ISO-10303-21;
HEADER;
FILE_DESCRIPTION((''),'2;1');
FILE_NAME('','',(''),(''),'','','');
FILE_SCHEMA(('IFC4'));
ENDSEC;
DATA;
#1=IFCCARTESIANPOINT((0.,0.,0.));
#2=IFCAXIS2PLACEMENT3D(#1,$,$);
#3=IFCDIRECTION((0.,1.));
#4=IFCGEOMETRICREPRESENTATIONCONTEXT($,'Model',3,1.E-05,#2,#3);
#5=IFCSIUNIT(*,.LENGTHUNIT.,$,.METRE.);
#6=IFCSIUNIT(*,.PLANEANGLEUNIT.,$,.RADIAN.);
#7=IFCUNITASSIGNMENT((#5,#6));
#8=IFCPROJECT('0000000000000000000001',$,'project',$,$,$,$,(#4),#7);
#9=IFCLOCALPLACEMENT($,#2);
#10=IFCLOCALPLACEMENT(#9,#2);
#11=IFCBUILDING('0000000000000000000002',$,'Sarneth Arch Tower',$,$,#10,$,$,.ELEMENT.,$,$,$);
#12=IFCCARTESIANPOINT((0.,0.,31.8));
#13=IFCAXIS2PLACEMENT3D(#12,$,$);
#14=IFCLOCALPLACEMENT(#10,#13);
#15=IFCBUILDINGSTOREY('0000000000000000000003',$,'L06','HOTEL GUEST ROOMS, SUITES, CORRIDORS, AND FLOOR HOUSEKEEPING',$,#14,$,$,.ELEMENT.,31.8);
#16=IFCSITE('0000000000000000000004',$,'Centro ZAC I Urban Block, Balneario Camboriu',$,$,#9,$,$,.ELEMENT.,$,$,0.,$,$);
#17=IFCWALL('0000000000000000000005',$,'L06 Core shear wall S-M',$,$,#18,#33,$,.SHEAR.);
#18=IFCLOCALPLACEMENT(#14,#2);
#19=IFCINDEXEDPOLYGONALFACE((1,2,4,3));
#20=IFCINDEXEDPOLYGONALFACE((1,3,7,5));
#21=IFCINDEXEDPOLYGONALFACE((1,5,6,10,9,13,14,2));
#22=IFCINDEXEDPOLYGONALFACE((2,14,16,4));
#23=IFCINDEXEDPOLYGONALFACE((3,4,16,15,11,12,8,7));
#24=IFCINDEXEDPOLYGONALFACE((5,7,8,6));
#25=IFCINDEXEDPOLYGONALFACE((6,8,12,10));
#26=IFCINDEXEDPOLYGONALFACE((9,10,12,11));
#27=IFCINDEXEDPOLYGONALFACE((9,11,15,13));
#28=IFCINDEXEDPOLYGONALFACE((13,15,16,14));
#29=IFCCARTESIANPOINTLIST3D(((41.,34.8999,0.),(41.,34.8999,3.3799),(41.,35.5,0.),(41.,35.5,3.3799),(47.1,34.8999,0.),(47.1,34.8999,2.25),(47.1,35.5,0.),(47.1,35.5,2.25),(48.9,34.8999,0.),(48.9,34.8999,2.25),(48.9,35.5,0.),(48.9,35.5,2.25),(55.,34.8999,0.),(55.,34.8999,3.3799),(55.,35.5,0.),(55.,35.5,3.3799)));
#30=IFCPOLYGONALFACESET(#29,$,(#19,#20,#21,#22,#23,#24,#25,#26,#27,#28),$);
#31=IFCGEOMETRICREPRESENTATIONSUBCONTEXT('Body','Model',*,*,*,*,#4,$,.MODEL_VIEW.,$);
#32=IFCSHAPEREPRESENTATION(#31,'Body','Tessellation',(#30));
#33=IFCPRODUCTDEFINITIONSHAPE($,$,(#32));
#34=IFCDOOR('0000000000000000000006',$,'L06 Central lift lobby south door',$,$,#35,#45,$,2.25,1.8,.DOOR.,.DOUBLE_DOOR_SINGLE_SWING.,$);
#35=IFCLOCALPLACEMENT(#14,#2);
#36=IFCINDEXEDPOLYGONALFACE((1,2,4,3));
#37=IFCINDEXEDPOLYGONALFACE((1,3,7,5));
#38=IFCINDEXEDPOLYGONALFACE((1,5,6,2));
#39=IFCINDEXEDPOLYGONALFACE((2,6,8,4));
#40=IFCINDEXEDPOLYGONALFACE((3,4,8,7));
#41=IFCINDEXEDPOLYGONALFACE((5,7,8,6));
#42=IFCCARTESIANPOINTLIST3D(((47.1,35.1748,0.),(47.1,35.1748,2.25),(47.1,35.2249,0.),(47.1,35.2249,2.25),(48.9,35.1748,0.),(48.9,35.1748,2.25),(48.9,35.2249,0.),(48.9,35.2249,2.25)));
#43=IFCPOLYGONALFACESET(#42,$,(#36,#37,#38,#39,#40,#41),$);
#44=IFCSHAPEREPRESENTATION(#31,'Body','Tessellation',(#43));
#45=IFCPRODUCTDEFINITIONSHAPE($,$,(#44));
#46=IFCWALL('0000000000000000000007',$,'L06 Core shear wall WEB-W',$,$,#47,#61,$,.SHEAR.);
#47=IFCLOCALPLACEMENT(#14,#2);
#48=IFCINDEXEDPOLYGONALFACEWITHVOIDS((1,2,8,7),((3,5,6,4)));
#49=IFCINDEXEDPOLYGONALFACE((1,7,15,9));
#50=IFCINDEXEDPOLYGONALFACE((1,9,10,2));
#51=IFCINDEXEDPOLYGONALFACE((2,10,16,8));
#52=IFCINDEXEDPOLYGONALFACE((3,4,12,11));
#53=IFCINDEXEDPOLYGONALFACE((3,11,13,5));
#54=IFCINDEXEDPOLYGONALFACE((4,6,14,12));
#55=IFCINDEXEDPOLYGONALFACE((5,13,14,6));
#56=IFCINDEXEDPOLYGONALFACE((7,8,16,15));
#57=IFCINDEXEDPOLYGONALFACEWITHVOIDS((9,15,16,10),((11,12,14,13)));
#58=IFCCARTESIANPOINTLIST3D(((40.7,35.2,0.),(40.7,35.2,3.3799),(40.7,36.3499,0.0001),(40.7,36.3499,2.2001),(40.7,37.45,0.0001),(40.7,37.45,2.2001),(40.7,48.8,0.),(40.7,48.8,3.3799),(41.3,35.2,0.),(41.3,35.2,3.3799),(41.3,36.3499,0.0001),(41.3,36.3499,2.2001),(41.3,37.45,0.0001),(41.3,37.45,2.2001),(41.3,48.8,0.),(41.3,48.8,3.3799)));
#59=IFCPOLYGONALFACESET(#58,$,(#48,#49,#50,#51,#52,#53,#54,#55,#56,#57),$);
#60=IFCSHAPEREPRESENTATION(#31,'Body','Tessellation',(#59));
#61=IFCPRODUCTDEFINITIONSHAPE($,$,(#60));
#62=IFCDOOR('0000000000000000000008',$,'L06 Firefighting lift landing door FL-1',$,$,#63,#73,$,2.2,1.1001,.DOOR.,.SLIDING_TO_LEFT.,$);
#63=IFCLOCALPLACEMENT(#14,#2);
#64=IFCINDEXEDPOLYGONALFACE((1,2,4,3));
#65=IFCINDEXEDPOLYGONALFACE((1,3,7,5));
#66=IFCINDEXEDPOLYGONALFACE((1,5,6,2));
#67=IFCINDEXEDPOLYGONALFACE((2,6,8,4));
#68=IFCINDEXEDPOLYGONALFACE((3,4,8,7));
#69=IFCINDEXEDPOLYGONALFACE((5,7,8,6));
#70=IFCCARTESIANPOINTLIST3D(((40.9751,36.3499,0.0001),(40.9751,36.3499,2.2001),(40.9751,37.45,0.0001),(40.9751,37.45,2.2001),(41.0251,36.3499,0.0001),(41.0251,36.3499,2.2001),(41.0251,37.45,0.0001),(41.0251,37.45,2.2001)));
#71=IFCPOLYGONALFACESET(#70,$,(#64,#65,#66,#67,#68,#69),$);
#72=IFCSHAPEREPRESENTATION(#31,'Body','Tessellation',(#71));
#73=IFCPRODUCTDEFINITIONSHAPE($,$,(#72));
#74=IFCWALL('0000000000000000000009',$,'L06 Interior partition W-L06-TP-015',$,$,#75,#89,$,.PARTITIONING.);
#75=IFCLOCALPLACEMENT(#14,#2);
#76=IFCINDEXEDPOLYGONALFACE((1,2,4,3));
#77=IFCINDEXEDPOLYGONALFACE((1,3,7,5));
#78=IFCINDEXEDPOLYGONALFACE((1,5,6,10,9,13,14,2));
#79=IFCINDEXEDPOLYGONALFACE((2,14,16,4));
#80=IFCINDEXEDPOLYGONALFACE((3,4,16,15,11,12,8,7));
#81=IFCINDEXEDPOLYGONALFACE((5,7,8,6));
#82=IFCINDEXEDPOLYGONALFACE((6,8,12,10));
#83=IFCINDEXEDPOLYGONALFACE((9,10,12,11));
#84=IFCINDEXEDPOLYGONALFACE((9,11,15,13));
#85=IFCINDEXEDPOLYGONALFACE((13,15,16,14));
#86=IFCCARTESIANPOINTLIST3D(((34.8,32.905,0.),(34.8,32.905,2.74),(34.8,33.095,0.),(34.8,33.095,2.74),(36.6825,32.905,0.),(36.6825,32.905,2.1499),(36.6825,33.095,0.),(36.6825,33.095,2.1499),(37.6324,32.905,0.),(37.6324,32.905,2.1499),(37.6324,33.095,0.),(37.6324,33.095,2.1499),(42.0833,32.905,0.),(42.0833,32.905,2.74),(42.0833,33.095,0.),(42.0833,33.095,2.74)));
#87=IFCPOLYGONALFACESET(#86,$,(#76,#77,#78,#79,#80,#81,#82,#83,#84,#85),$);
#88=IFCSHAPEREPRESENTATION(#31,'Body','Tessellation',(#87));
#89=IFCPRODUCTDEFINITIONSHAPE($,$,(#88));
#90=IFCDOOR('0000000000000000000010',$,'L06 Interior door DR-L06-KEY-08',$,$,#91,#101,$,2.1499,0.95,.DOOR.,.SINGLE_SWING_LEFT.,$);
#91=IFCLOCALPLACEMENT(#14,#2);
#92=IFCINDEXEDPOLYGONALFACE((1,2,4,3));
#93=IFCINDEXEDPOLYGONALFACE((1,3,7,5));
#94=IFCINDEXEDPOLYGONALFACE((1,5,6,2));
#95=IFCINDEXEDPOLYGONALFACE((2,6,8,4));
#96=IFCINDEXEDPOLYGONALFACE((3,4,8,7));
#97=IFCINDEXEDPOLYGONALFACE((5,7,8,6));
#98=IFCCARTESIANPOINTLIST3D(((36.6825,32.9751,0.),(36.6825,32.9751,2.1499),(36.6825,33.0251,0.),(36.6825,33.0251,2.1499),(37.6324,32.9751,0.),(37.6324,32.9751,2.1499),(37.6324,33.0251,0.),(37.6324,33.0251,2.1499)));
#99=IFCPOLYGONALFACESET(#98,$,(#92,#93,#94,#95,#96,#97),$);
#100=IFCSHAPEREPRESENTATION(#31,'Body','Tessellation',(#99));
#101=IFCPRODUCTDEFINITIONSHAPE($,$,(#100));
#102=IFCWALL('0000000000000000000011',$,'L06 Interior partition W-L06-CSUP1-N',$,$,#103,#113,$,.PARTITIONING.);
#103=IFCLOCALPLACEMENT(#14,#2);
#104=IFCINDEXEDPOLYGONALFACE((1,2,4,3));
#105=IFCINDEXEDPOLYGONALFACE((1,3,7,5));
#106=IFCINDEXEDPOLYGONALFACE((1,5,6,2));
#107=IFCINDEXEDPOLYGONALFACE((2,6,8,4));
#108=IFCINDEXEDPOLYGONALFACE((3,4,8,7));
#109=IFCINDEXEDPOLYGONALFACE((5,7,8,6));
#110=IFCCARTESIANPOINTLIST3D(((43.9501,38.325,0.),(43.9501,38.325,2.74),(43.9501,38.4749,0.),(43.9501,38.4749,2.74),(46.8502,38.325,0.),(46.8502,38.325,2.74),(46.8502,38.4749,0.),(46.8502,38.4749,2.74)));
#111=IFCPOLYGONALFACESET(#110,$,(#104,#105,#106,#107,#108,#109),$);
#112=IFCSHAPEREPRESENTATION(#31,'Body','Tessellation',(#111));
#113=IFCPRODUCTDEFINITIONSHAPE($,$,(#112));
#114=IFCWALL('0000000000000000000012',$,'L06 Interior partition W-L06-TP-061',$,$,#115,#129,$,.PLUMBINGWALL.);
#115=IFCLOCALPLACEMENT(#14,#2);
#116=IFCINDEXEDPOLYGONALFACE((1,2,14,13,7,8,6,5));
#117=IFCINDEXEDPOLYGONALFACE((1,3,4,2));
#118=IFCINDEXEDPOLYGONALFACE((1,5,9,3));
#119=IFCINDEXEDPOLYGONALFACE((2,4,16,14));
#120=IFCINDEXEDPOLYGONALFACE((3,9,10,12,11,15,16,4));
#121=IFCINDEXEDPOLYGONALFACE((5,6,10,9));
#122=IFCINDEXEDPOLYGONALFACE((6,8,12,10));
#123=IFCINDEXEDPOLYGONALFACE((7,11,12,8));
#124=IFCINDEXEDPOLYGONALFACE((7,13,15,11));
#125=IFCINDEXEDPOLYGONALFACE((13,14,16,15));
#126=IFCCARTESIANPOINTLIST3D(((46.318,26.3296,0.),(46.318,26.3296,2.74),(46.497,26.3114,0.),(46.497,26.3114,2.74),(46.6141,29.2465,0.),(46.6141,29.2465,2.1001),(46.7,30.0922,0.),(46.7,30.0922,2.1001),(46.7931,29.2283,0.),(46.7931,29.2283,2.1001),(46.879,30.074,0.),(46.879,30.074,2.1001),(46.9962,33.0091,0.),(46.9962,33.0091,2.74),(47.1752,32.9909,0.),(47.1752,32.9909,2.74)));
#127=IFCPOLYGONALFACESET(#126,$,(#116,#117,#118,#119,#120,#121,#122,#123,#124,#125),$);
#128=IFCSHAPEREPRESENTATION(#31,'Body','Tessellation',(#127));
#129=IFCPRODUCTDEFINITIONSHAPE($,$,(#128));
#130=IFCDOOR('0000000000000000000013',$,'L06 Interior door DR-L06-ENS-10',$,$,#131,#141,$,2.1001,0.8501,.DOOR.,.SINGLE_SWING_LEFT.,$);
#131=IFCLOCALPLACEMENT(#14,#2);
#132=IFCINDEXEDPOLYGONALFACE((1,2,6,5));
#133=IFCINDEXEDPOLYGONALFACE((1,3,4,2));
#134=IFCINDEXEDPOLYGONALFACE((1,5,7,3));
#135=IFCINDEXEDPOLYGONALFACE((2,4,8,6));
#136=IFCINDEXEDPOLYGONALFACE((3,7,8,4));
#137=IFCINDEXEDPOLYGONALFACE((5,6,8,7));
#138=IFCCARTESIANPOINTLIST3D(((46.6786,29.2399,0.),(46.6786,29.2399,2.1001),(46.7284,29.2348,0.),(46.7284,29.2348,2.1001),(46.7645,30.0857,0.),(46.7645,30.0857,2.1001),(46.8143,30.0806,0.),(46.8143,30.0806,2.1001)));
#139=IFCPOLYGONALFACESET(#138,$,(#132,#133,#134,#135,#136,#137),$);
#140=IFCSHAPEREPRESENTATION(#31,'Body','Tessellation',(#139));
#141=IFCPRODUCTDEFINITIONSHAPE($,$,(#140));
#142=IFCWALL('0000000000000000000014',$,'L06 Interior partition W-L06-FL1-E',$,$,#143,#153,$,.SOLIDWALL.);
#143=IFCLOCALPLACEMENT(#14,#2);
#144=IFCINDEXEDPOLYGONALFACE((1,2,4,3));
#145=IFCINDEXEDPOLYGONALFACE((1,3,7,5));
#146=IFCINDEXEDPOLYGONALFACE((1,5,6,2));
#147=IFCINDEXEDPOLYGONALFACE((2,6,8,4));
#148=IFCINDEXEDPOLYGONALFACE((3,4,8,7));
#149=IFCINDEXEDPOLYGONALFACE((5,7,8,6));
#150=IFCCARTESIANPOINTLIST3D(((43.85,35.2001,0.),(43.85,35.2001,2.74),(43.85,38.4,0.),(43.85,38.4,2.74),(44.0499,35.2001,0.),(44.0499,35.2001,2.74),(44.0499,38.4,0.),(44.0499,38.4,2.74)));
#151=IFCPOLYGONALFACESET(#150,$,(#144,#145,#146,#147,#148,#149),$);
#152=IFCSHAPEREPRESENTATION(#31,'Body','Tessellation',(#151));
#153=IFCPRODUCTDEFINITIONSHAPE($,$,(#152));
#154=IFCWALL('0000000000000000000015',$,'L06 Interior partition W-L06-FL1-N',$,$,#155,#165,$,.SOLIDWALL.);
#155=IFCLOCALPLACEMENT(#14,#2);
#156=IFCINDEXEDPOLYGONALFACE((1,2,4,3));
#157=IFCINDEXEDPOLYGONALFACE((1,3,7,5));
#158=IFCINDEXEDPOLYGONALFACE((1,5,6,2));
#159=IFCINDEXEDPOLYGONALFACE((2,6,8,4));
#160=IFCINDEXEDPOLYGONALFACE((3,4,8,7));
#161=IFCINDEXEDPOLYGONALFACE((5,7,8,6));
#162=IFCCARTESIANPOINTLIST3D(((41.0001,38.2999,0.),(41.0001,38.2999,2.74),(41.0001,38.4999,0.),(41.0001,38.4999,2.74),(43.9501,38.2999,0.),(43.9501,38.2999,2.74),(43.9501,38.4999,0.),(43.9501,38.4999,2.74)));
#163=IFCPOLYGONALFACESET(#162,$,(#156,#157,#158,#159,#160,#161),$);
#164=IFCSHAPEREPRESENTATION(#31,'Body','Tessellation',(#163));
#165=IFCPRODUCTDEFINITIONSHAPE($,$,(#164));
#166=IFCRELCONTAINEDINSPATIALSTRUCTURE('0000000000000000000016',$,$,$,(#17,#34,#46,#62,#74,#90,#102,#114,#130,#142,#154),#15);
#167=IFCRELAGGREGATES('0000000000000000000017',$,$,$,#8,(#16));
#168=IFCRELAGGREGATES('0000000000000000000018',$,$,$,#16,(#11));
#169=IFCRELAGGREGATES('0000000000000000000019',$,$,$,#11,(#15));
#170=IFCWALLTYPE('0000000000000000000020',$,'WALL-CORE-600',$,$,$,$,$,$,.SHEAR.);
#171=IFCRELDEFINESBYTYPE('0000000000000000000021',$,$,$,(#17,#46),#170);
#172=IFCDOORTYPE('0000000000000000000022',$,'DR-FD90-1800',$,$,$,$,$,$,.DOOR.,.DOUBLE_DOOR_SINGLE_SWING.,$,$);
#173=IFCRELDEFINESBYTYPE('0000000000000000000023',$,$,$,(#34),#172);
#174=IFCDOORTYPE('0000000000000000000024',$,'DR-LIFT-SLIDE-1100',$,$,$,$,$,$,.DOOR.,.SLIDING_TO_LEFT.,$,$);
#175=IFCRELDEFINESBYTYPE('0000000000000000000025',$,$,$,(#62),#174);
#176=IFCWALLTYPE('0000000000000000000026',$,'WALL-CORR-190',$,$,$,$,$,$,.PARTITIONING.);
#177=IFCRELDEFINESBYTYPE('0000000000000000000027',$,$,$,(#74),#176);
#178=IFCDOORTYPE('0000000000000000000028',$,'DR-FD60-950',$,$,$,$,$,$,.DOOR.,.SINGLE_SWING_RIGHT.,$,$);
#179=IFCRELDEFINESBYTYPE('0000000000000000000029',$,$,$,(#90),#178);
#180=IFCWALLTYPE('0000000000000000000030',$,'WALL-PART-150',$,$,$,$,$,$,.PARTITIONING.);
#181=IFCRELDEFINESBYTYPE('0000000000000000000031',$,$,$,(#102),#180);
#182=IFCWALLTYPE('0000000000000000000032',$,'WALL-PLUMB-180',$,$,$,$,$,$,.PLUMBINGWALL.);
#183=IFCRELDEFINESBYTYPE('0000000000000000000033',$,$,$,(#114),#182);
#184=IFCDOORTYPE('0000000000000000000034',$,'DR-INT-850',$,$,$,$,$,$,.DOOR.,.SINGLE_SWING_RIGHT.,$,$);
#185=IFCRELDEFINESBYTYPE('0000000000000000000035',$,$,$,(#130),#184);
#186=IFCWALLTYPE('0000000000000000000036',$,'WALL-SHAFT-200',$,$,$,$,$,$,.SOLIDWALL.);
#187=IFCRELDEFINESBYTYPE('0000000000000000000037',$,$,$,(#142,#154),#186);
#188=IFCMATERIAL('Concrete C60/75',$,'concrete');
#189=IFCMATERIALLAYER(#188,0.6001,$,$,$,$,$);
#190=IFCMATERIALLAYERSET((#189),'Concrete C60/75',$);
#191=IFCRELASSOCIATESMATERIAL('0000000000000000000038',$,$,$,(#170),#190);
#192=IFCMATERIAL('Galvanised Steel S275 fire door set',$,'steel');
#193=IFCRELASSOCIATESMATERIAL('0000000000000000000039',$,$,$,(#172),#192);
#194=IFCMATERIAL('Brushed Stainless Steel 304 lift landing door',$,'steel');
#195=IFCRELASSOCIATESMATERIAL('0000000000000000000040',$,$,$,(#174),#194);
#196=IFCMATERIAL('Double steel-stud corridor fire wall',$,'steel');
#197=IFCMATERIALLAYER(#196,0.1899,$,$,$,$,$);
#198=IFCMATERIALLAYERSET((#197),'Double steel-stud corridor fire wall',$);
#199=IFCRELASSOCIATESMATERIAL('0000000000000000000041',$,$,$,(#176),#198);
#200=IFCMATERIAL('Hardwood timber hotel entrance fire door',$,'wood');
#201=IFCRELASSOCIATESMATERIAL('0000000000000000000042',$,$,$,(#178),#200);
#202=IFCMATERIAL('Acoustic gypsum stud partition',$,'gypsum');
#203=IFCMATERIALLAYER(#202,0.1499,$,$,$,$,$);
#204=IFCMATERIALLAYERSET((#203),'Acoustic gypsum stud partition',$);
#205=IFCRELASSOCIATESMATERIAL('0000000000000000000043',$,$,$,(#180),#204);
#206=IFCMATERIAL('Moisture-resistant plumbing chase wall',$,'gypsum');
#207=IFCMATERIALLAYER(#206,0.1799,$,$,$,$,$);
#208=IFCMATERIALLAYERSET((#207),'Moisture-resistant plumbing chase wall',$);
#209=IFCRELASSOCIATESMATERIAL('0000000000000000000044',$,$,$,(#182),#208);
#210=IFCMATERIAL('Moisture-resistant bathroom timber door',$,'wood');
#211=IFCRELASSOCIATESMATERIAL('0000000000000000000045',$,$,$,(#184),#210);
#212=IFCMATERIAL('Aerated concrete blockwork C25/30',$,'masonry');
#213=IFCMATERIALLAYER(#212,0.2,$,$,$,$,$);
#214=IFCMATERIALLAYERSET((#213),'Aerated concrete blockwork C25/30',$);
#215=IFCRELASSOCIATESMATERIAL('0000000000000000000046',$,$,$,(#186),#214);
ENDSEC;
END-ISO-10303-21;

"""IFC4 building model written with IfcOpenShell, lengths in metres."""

from ifc_helpers import new_model, si_unit, direction, frame, frame_2d, origin, place, context, subcontext, project, spatial, rectangle, extrude, material, layer, layer_set, type_object, element, fill, save


model = new_model("IFC4")

# Units and contexts
model_context = context("Model", 3, precision=1e-05, world=origin(), true_north=direction((0.0, 1.0)))
body_context = subcontext(model_context, "Body", "Model", "MODEL_VIEW")
ifc_project = project(units=[si_unit("LENGTHUNIT", "METRE"), si_unit("PLANEANGLEUNIT", "RADIAN")], contexts=[model_context])

# Site, building, storey
site_placement = place(None, origin())
site = spatial("IfcSite", under=ifc_project, at=site_placement, Name="Centro ZAC I Urban Block, Balneario Camboriu", CompositionType="ELEMENT", RefElevation=0.0)
building_placement = place(site_placement, origin())
building = spatial("IfcBuilding", under=site, at=building_placement, Name="Sarneth Arch Tower", CompositionType="ELEMENT")
storey_placement = place(building_placement, frame((0.0, 0.0, 31.8)))
storey = spatial("IfcBuildingStorey", under=building, at=storey_placement, Name="L06", Description="HOTEL GUEST ROOMS, SUITES, CORRIDORS, AND FLOOR HOUSEKEEPING", CompositionType="ELEMENT", Elevation=31.8)

# Shared definitions
ifc_material_1 = material(Name="Concrete C60/75", Category="concrete")
ifc_layer_1 = layer(ifc_material_1, 0.6001)
ifc_layer_set_1 = layer_set([ifc_layer_1], Name="Concrete C60/75")
wall_type_1 = type_object("IfcWallType", Name="WALL-CORE-600", PredefinedType="SHEAR", material=ifc_layer_set_1)

# Walls, openings, doors
wall_1_placement = place(storey_placement, frame((41.0, 35.2, 0.0), z_axis=(0.0, 0.0, 1.0), x_axis=(1.0, 0.0, 0.0)))
wall_1 = element("IfcWall", 1, at=wall_1_placement, inside=storey, type_object=wall_type_1, Name="L06 Core shear wall S-M", PredefinedType="SHEAR", context=body_context, shape_type="SweptSolid", body=[
    extrude(rectangle(XDim=14.0, YDim=0.6001, at=frame_2d((7.0, 0.0))), origin(), (0.0, 0.0, 1.0), 3.3799),
])
opening_1_placement = place(wall_1_placement, frame((6.1001, 0.0, 0.0)))
opening_1 = element("IfcOpeningElement", 2, at=opening_1_placement, cuts=wall_1, PredefinedType="OPENING", context=body_context, shape_type="SweptSolid", body=[
    extrude(rectangle(XDim=1.8, YDim=2.25, at=frame_2d((0.8999, 1.125))), frame((0.0, 0.3101, 0.0), z_axis=(0.0, -1.0, 0.0), x_axis=(1.0, 0.0, 0.0)), (0.0, 0.0, 1.0), 0.6201),
])
ifc_material_2 = material(Name="Galvanised Steel S275 fire door set", Category="steel")
door_type_1 = type_object("IfcDoorType", Name="DR-FD90-1800", OperationType="DOUBLE_DOOR_SINGLE_SWING", PredefinedType="DOOR", material=ifc_material_2)
door_1_placement = place(opening_1_placement, origin())
door_1 = element("IfcDoor", 3, at=door_1_placement, inside=storey, type_object=door_type_1, Name="L06 Central lift lobby south door", OperationType="DOUBLE_DOOR_SINGLE_SWING", OverallHeight=2.25, OverallWidth=1.8, PredefinedType="DOOR", context=body_context, shape_type="SweptSolid", body=[
    extrude(rectangle(XDim=1.8, YDim=2.25, at=frame_2d((0.8999, 1.125))), frame((0.0, 0.0249, 0.0), z_axis=(0.0, -1.0, 0.0), x_axis=(1.0, 0.0, 0.0)), (0.0, 0.0, 1.0), 0.05),
])
fill(opening_1, door_1)
wall_2_placement = place(storey_placement, frame((41.0, 35.2, 0.0), z_axis=(0.0, 0.0, 1.0), x_axis=(0.0, 1.0, 0.0)))
wall_2 = element("IfcWall", 4, at=wall_2_placement, inside=storey, type_object=wall_type_1, Name="L06 Core shear wall WEB-W", PredefinedType="SHEAR", context=body_context, shape_type="SweptSolid", body=[
    extrude(rectangle(XDim=13.6001, YDim=0.6001, at=frame_2d((6.8, 0.0))), origin(), (0.0, 0.0, 1.0), 3.3799),
])
opening_2_placement = place(wall_2_placement, frame((1.1499, 0.0, 0.0)))
opening_2 = element("IfcOpeningElement", 5, at=opening_2_placement, cuts=wall_2, PredefinedType="OPENING", context=body_context, shape_type="SweptSolid", body=[
    extrude(rectangle(XDim=1.1001, YDim=2.2, at=frame_2d((0.55, 1.1001))), frame((0.0, 0.3101, 0.0), z_axis=(0.0, -1.0, 0.0), x_axis=(1.0, 0.0, 0.0)), (0.0, 0.0, 1.0), 0.6201),
])
ifc_material_3 = material(Name="Brushed Stainless Steel 304 lift landing door", Category="steel")
door_type_2 = type_object("IfcDoorType", Name="DR-LIFT-SLIDE-1100", OperationType="SLIDING_TO_LEFT", PredefinedType="DOOR", material=ifc_material_3)
door_2_placement = place(opening_2_placement, origin())
door_2 = element("IfcDoor", 6, at=door_2_placement, inside=storey, type_object=door_type_2, Name="L06 Firefighting lift landing door FL-1", OperationType="SLIDING_TO_LEFT", OverallHeight=2.2, OverallWidth=1.1001, PredefinedType="DOOR", context=body_context, shape_type="SweptSolid", body=[
    extrude(rectangle(XDim=1.1001, YDim=2.2, at=frame_2d((0.55, 1.1001))), frame((0.0, 0.0249, 0.0), z_axis=(0.0, -1.0, 0.0), x_axis=(1.0, 0.0, 0.0)), (0.0, 0.0, 1.0), 0.05),
])
fill(opening_2, door_2)
ifc_material_4 = material(Name="Double steel-stud corridor fire wall", Category="steel")
ifc_layer_2 = layer(ifc_material_4, 0.1899)
ifc_layer_set_2 = layer_set([ifc_layer_2], Name="Double steel-stud corridor fire wall")
wall_type_2 = type_object("IfcWallType", Name="WALL-CORR-190", PredefinedType="PARTITIONING", material=ifc_layer_set_2)
wall_3_placement = place(storey_placement, frame((42.0833, 33.0, 0.0), z_axis=(0.0, 0.0, 1.0), x_axis=(-1.0, 0.0, 0.0)))
wall_3 = element("IfcWall", 7, at=wall_3_placement, inside=storey, type_object=wall_type_2, Name="L06 Interior partition W-L06-TP-015", PredefinedType="PARTITIONING", context=body_context, shape_type="SweptSolid", body=[
    extrude(rectangle(XDim=7.2832, YDim=0.1899, at=frame_2d((3.6416, 0.0))), origin(), (0.0, 0.0, 1.0), 2.74),
])
opening_3_placement = place(wall_3_placement, frame((4.4507, 0.0, 0.0)))
opening_3 = element("IfcOpeningElement", 8, at=opening_3_placement, cuts=wall_3, PredefinedType="OPENING", context=body_context, shape_type="SweptSolid", body=[
    extrude(rectangle(XDim=0.95, YDim=2.1499, at=frame_2d((0.4751, 1.075))), frame((0.0, 0.105, 0.0), z_axis=(0.0, -1.0, 0.0), x_axis=(1.0, 0.0, 0.0)), (0.0, 0.0, 1.0), 0.21),
])
ifc_material_5 = material(Name="Hardwood timber hotel entrance fire door", Category="wood")
door_type_3 = type_object("IfcDoorType", Name="DR-FD60-950", OperationType="SINGLE_SWING_RIGHT", PredefinedType="DOOR", material=ifc_material_5)
door_3_placement = place(opening_3_placement, origin())
door_3 = element("IfcDoor", 9, at=door_3_placement, inside=storey, type_object=door_type_3, Name="L06 Interior door DR-L06-KEY-08", OperationType="SINGLE_SWING_LEFT", OverallHeight=2.1499, OverallWidth=0.95, PredefinedType="DOOR", context=body_context, shape_type="SweptSolid", body=[
    extrude(rectangle(XDim=0.95, YDim=2.1499, at=frame_2d((0.4751, 1.075))), frame((0.0, 0.0249, 0.0), z_axis=(0.0, -1.0, 0.0), x_axis=(1.0, 0.0, 0.0)), (0.0, 0.0, 1.0), 0.05),
])
fill(opening_3, door_3)

# Wall
ifc_material_6 = material(Name="Acoustic gypsum stud partition", Category="gypsum")
ifc_layer_3 = layer(ifc_material_6, 0.1499)
ifc_layer_set_3 = layer_set([ifc_layer_3], Name="Acoustic gypsum stud partition")
wall_type_3 = type_object("IfcWallType", Name="WALL-PART-150", PredefinedType="PARTITIONING", material=ifc_layer_set_3)
wall_4_placement = place(storey_placement, frame((43.95, 38.3999, 0.0), z_axis=(0.0, 0.0, 1.0), x_axis=(1.0, 0.0, 0.0)))
element("IfcWall", 10, at=wall_4_placement, inside=storey, type_object=wall_type_3, Name="L06 Interior partition W-L06-CSUP1-N", PredefinedType="PARTITIONING", context=body_context, shape_type="SweptSolid", body=[
    extrude(rectangle(XDim=2.9001, YDim=0.1499, at=frame_2d((1.4502, 0.0))), origin(), (0.0, 0.0, 1.0), 2.74),
])

# Wall, opening, door
ifc_material_7 = material(Name="Moisture-resistant plumbing chase wall", Category="gypsum")
ifc_layer_4 = layer(ifc_material_7, 0.1799)
ifc_layer_set_4 = layer_set([ifc_layer_4], Name="Moisture-resistant plumbing chase wall")
wall_type_4 = type_object("IfcWallType", Name="WALL-PLUMB-180", PredefinedType="PLUMBINGWALL", material=ifc_layer_set_4)
wall_5_placement = place(storey_placement, frame((47.0857, 33.0, 0.0), z_axis=(0.0, 0.0, 1.0), x_axis=(-0.101019, -0.994884, 0.0)))
wall_5 = element("IfcWall", 11, at=wall_5_placement, inside=storey, type_object=wall_type_4, Name="L06 Interior partition W-L06-TP-061", PredefinedType="PLUMBINGWALL", context=body_context, shape_type="SweptSolid", body=[
    extrude(rectangle(XDim=6.7139, YDim=0.1799, at=frame_2d((3.3569, 0.0))), origin(), (0.0, 0.0, 1.0), 2.74),
])
opening_4_placement = place(wall_5_placement, frame((2.9319, 0.0, 0.0)))
opening_4 = element("IfcOpeningElement", 12, at=opening_4_placement, cuts=wall_5, PredefinedType="OPENING", context=body_context, shape_type="SweptSolid", body=[
    extrude(rectangle(XDim=0.8501, YDim=2.1001, at=frame_2d((0.425, 1.05))), frame((0.0, 0.0999, 0.0), z_axis=(0.0, -1.0, 0.0), x_axis=(1.0, 0.0, 0.0)), (0.0, 0.0, 1.0), 0.2),
])
ifc_material_8 = material(Name="Moisture-resistant bathroom timber door", Category="wood")
door_type_4 = type_object("IfcDoorType", Name="DR-INT-850", OperationType="SINGLE_SWING_RIGHT", PredefinedType="DOOR", material=ifc_material_8)
door_4_placement = place(opening_4_placement, origin())
door_4 = element("IfcDoor", 13, at=door_4_placement, inside=storey, type_object=door_type_4, Name="L06 Interior door DR-L06-ENS-10", OperationType="SINGLE_SWING_LEFT", OverallHeight=2.1001, OverallWidth=0.8501, PredefinedType="DOOR", context=body_context, shape_type="SweptSolid", body=[
    extrude(rectangle(XDim=0.8501, YDim=2.1001, at=frame_2d((0.425, 1.05))), frame((0.0, 0.0249, 0.0), z_axis=(0.0, -1.0, 0.0), x_axis=(1.0, 0.0, 0.0)), (0.0, 0.0, 1.0), 0.05),
])
fill(opening_4, door_4)
ifc_material_9 = material(Name="Aerated concrete blockwork C25/30", Category="masonry")
ifc_layer_5 = layer(ifc_material_9, 0.2)
ifc_layer_set_5 = layer_set([ifc_layer_5], Name="Aerated concrete blockwork C25/30")
wall_type_5 = type_object("IfcWallType", Name="WALL-SHAFT-200", PredefinedType="SOLIDWALL", material=ifc_layer_set_5)

# Walls
wall_6_placement = place(storey_placement, frame((43.95, 35.2, 0.0), z_axis=(0.0, 0.0, 1.0), x_axis=(0.0, 1.0, 0.0)))
element("IfcWall", 14, at=wall_6_placement, inside=storey, type_object=wall_type_5, Name="L06 Interior partition W-L06-FL1-E", PredefinedType="SOLIDWALL", context=body_context, shape_type="SweptSolid", body=[
    extrude(rectangle(XDim=3.2, YDim=0.2, at=frame_2d((1.6001, 0.0))), origin(), (0.0, 0.0, 1.0), 2.74),
])
wall_7_placement = place(storey_placement, frame((41.0, 38.3999, 0.0), z_axis=(0.0, 0.0, 1.0), x_axis=(1.0, 0.0, 0.0)))
element("IfcWall", 15, at=wall_7_placement, inside=storey, type_object=wall_type_5, Name="L06 Interior partition W-L06-FL1-N", PredefinedType="SOLIDWALL", context=body_context, shape_type="SweptSolid", body=[
    extrude(rectangle(XDim=2.95, YDim=0.2, at=frame_2d((1.4751, 0.0))), origin(), (0.0, 0.0, 1.0), 2.74),
])

save(model, "model.ifc")
